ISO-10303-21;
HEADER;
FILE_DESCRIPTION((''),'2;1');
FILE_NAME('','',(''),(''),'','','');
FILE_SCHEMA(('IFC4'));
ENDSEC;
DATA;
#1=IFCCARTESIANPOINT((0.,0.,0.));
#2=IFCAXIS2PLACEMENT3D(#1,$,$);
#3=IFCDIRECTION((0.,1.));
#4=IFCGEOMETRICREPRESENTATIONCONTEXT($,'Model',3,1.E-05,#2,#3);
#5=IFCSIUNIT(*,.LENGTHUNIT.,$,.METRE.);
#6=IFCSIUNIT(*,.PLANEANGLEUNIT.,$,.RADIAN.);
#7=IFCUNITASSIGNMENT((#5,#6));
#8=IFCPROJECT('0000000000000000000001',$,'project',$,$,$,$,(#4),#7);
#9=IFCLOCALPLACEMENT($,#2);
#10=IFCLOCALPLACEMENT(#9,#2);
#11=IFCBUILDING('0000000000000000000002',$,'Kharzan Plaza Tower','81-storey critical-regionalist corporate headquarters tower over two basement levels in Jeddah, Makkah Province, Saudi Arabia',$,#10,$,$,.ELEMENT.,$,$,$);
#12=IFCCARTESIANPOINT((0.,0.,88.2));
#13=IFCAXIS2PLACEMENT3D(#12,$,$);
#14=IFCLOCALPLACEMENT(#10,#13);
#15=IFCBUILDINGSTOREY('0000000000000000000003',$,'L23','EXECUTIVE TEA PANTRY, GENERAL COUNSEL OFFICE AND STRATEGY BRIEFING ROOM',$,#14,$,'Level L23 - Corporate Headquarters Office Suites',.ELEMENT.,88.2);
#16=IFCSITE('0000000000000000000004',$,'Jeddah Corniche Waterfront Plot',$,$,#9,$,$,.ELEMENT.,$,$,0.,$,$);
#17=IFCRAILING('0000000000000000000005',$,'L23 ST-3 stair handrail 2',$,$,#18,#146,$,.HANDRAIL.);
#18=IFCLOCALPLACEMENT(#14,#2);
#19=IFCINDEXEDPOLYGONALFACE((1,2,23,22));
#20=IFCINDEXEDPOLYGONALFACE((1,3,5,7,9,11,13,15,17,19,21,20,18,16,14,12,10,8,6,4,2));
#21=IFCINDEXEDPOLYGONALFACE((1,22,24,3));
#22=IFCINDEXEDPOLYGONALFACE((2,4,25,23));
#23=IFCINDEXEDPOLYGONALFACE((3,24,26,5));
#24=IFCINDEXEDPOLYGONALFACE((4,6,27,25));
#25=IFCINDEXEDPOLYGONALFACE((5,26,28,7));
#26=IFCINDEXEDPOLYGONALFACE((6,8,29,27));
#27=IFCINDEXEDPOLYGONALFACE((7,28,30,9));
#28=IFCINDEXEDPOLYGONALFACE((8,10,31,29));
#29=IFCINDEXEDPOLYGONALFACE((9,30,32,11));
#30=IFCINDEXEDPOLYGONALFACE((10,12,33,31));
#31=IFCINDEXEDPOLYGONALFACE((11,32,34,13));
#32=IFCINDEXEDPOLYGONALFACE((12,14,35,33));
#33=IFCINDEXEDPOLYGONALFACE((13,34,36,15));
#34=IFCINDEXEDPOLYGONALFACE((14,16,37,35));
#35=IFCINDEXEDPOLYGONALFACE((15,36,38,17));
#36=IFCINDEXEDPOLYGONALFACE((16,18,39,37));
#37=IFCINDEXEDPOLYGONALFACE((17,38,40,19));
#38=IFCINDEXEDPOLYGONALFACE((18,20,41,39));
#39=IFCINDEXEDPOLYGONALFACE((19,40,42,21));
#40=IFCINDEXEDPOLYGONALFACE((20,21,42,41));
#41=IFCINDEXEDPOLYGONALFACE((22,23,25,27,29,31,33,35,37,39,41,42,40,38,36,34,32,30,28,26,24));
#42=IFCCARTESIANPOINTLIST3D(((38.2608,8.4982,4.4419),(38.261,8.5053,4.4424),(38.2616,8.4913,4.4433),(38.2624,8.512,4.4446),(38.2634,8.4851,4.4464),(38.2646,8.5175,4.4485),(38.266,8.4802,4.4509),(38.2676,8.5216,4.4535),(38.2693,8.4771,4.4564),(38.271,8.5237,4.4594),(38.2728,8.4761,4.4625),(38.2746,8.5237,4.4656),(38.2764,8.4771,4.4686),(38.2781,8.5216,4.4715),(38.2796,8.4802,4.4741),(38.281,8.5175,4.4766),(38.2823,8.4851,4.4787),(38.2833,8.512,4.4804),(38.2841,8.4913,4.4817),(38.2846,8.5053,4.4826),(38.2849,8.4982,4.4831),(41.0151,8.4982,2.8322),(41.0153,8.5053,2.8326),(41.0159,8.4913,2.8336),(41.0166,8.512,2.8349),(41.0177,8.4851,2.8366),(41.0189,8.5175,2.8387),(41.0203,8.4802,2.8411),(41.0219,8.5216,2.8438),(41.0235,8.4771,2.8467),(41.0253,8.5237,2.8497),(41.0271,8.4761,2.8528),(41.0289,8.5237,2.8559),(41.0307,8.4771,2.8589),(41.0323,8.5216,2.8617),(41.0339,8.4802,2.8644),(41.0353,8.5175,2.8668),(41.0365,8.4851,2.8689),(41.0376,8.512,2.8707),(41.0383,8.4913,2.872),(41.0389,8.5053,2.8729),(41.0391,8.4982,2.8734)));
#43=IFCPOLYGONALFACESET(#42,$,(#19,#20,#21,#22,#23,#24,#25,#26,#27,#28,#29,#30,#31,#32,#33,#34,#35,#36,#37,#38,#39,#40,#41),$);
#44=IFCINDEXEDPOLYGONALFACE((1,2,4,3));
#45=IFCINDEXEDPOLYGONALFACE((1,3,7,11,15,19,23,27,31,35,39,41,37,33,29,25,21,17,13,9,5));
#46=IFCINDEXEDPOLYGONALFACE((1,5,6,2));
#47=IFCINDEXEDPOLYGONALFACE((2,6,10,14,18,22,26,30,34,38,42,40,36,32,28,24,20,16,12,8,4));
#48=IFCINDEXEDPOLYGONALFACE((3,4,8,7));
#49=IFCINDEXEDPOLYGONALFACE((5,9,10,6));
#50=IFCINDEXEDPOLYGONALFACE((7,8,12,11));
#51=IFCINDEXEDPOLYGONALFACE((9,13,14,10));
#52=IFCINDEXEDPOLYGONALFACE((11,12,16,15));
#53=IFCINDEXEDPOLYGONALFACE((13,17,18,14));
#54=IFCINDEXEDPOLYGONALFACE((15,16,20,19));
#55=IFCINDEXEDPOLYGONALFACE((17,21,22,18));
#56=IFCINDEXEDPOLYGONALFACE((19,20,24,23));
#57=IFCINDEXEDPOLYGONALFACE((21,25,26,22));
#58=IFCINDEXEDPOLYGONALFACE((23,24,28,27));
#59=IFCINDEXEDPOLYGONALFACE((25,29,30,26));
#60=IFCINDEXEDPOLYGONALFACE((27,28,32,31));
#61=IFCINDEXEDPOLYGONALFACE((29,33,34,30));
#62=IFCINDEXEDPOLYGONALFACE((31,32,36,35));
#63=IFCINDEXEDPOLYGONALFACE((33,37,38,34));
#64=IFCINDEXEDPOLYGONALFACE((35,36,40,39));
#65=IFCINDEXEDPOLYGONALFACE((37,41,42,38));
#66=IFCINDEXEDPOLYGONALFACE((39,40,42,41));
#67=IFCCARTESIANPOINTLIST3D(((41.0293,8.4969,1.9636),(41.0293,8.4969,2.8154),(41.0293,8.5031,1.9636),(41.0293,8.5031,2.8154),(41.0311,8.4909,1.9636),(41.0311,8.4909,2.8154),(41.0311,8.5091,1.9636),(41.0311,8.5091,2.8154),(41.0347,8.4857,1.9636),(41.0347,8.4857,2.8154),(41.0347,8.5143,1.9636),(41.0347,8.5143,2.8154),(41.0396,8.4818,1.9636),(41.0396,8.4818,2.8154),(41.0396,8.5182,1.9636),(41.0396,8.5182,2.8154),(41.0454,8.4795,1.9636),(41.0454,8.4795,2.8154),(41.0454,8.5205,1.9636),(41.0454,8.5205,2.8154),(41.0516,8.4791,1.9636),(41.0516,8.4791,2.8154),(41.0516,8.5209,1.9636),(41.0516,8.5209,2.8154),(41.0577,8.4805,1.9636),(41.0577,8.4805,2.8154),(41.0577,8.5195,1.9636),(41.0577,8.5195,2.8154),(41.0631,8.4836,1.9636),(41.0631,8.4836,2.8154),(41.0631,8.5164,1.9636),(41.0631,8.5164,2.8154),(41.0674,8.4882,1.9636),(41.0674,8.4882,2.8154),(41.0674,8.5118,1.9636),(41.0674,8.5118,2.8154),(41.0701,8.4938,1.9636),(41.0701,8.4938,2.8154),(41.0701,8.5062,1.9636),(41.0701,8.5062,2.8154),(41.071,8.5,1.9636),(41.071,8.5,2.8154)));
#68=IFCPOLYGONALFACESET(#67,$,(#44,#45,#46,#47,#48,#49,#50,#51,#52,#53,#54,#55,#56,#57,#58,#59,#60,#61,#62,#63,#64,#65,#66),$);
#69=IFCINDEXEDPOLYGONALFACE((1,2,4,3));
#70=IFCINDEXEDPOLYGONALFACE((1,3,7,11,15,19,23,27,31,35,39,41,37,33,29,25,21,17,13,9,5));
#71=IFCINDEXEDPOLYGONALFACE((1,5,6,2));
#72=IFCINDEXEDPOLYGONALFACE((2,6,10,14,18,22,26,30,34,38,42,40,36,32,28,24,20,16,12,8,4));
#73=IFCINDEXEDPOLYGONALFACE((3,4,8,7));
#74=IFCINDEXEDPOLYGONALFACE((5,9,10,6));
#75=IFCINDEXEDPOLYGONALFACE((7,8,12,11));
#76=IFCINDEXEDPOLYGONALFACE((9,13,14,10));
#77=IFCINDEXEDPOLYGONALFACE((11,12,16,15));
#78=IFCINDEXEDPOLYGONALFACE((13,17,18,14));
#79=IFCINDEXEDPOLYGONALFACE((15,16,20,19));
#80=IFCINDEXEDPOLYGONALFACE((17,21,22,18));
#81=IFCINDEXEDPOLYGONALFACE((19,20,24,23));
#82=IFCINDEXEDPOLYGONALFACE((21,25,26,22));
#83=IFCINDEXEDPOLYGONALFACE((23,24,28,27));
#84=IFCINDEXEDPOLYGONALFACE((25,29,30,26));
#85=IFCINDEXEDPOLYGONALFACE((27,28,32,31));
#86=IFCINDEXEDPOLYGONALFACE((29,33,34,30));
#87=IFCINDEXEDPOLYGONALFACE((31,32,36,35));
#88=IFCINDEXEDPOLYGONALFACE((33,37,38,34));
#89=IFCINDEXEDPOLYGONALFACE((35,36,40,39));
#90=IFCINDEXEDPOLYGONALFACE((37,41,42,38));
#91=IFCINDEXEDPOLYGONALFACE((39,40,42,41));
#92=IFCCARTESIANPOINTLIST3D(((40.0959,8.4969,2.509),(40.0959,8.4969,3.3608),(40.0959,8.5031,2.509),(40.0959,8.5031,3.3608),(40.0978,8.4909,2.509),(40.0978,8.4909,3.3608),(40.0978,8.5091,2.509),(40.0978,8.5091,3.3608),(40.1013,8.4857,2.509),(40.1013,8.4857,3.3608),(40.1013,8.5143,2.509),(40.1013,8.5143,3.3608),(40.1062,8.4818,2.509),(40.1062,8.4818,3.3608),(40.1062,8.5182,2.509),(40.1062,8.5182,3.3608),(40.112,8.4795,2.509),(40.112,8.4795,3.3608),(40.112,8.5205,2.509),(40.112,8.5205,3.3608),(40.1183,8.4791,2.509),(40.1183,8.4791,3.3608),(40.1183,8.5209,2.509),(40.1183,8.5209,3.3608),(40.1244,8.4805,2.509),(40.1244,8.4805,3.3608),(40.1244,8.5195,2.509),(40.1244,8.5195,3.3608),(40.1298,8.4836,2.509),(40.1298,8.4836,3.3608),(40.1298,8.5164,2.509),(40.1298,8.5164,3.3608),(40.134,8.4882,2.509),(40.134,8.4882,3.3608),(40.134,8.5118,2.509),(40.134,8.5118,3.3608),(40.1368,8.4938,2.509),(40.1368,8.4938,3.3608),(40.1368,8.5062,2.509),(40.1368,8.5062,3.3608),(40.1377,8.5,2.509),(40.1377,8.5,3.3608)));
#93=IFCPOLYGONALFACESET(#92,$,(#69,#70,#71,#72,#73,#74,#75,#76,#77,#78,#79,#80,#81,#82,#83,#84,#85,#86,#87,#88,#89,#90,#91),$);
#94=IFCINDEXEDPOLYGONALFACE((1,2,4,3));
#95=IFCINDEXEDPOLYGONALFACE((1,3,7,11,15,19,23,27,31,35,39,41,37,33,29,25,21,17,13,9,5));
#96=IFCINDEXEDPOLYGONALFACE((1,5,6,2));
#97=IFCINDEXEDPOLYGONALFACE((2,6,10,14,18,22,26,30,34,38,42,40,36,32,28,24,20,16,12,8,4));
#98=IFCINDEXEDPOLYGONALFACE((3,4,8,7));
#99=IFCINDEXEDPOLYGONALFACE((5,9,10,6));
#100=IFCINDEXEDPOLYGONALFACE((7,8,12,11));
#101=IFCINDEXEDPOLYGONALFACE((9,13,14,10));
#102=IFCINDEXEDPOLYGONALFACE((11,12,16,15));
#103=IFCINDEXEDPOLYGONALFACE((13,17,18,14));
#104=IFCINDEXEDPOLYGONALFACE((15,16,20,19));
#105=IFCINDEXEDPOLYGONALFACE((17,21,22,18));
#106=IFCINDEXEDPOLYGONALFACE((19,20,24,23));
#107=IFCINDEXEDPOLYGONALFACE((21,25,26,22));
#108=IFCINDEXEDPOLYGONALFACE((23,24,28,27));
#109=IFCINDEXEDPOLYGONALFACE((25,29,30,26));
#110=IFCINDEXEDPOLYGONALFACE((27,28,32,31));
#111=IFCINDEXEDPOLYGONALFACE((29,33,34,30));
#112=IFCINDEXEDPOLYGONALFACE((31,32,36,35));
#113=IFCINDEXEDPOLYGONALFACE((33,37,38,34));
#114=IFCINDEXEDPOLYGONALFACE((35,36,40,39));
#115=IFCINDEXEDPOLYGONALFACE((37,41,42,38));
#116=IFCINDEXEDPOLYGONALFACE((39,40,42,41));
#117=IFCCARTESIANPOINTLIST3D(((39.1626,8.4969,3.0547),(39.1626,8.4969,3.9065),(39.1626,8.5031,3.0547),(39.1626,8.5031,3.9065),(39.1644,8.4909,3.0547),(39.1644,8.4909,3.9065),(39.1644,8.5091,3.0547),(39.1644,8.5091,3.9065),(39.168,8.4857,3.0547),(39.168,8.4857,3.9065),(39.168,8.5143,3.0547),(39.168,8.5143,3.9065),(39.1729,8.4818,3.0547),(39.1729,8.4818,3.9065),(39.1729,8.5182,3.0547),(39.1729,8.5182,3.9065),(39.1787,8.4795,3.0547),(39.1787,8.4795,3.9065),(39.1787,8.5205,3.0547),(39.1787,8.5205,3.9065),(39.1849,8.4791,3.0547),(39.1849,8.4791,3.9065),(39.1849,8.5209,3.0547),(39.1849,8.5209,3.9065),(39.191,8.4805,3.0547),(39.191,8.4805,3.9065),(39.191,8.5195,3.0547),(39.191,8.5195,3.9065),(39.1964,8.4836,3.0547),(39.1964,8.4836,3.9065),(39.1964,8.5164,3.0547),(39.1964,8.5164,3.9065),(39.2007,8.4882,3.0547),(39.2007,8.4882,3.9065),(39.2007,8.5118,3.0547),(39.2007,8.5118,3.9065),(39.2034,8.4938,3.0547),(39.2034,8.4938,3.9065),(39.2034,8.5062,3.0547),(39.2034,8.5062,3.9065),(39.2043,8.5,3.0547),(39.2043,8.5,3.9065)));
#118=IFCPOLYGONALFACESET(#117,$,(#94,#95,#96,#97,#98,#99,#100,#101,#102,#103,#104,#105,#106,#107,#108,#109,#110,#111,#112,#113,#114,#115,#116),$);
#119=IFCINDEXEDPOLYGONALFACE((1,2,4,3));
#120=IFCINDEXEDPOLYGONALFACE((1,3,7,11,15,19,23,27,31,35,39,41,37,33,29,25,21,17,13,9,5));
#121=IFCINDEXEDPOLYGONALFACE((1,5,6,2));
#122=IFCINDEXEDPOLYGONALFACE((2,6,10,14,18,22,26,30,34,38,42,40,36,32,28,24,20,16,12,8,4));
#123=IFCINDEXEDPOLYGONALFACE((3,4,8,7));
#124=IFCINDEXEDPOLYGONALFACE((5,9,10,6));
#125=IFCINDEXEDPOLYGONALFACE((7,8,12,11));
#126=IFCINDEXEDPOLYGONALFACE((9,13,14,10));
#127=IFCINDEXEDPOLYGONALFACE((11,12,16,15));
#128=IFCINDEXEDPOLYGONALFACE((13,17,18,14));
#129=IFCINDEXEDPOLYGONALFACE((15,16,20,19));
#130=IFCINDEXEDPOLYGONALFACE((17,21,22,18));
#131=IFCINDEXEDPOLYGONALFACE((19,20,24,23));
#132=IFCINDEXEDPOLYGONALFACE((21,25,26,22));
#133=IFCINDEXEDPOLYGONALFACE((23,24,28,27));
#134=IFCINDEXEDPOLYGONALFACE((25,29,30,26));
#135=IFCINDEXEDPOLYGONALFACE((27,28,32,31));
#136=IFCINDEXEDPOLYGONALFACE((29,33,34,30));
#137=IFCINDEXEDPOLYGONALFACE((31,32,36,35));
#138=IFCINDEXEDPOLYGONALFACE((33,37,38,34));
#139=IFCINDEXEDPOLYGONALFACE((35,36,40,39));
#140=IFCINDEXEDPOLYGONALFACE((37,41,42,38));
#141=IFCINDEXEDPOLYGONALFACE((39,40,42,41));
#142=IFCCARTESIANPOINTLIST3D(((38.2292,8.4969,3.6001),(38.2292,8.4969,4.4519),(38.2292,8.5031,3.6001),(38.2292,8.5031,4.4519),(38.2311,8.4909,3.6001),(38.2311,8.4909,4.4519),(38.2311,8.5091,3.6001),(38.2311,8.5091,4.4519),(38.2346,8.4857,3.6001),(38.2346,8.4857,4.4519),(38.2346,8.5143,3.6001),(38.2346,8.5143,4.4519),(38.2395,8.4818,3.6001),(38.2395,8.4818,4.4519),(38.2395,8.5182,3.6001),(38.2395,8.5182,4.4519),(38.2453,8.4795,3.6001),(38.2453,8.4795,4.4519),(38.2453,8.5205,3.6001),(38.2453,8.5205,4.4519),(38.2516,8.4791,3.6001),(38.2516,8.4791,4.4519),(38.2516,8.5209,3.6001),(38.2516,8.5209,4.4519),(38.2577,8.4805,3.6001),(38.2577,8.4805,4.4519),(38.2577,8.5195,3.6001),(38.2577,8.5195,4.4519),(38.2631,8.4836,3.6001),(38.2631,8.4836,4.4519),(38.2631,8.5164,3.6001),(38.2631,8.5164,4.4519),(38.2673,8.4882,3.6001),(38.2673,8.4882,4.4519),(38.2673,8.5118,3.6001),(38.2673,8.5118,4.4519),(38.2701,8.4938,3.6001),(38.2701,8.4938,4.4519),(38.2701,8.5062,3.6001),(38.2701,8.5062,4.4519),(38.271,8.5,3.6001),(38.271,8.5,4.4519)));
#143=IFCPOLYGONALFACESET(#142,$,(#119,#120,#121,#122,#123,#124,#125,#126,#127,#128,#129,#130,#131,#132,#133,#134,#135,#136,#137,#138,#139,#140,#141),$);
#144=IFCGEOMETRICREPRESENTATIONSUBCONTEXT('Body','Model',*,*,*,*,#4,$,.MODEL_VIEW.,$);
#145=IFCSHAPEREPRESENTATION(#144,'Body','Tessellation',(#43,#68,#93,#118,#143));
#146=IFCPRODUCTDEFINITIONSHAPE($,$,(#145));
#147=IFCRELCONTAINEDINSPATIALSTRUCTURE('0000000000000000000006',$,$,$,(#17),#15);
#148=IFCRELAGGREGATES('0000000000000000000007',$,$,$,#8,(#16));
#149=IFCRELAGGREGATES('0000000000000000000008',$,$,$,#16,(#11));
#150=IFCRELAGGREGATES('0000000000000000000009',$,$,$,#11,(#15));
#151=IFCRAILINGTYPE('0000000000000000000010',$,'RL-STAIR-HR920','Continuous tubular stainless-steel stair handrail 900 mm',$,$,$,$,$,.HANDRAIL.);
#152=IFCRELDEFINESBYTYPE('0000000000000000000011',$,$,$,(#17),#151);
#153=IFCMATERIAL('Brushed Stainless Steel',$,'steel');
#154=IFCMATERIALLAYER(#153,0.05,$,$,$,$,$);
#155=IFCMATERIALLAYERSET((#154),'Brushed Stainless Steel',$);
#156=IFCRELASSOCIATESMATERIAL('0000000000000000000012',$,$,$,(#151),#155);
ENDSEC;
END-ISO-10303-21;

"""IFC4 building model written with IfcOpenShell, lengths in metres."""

from ifc_helpers import new_model, si_unit, direction, frame, origin, origin_2d, place, context, subcontext, project, spatial, circle, extrude, source, transform, mapped, material, layer, layer_set, type_object, element, save


model = new_model("IFC4")

# Units and contexts
model_context = context("Model", 3, precision=1e-05, world=origin(), true_north=direction((0.0, 1.0)))
body_context = subcontext(model_context, "Body", "Model", "MODEL_VIEW")
ifc_project = project(units=[si_unit("LENGTHUNIT", "METRE"), si_unit("PLANEANGLEUNIT", "RADIAN")], contexts=[model_context])

# Site, building, storey
site_placement = place(None, origin())
site = spatial("IfcSite", under=ifc_project, at=site_placement, Name="Jeddah Corniche Waterfront Plot", CompositionType="ELEMENT", RefElevation=0.0)
building_placement = place(site_placement, origin())
building = spatial("IfcBuilding", under=site, at=building_placement, Name="Kharzan Plaza Tower", Description="81-storey critical-regionalist corporate headquarters tower over two basement levels in Jeddah, Makkah Province, Saudi Arabia", CompositionType="ELEMENT")
storey_placement = place(building_placement, frame((0.0, 0.0, 88.2)))
storey = spatial("IfcBuildingStorey", under=building, at=storey_placement, Name="L23", Description="EXECUTIVE TEA PANTRY, GENERAL COUNSEL OFFICE AND STRATEGY BRIEFING ROOM", LongName="Level L23 - Corporate Headquarters Office Suites", CompositionType="ELEMENT", Elevation=88.2)

# Railing
ifc_material_1 = material(Name="Brushed Stainless Steel", Category="steel")
ifc_layer_1 = layer(ifc_material_1, 0.05)
ifc_layer_set_1 = layer_set([ifc_layer_1], Name="Brushed Stainless Steel")
railing_type_1 = type_object("IfcRailingType", Name="RL-STAIR-HR920", Description="Continuous tubular stainless-steel stair handrail 900 mm", PredefinedType="HANDRAIL", material=ifc_layer_set_1)
shared_shape_1 = source(origin(), body_context, "Body", "SweptSolid", [
    extrude(circle(Radius=0.0239, at=origin_2d()), frame((-0.0229, 0.0, 0.8892), z_axis=(-0.863361, 0.0, 0.504587), x_axis=(0.0, -1.0, 0.0)), (0.0, 0.0, 1.0), 3.1902),
    extrude(circle(Radius=0.021, at=origin_2d()), origin(), (0.0, 0.0, 1.0), 0.8518),
    extrude(circle(Radius=0.021, at=origin_2d()), frame((-0.9333, 0.0, 0.5454)), (0.0, 0.0, 1.0), 0.8518),
    extrude(circle(Radius=0.021, at=origin_2d()), frame((-1.8667, 0.0, 1.0911)), (0.0, 0.0, 1.0), 0.8518),
    extrude(circle(Radius=0.021, at=origin_2d()), frame((-2.8, 0.0, 1.6365)), (0.0, 0.0, 1.0), 0.8518),
])
railing_1_placement = place(storey_placement, frame((41.05, 8.5, 1.9636)))
element("IfcRailing", 1, at=railing_1_placement, inside=storey, type_object=railing_type_1, Name="L23 ST-3 stair handrail 2", PredefinedType="HANDRAIL", context=body_context, shape_type="MappedRepresentation", body=[
    mapped(shared_shape_1, transform((0.0, 0.0, 0.0), x_axis=(1.0, 0.0, 0.0), y_axis=(0.0, 1.0, 0.0), z_axis=(0.0, 0.0, 1.0))),
])

save(model, "model.ifc")
